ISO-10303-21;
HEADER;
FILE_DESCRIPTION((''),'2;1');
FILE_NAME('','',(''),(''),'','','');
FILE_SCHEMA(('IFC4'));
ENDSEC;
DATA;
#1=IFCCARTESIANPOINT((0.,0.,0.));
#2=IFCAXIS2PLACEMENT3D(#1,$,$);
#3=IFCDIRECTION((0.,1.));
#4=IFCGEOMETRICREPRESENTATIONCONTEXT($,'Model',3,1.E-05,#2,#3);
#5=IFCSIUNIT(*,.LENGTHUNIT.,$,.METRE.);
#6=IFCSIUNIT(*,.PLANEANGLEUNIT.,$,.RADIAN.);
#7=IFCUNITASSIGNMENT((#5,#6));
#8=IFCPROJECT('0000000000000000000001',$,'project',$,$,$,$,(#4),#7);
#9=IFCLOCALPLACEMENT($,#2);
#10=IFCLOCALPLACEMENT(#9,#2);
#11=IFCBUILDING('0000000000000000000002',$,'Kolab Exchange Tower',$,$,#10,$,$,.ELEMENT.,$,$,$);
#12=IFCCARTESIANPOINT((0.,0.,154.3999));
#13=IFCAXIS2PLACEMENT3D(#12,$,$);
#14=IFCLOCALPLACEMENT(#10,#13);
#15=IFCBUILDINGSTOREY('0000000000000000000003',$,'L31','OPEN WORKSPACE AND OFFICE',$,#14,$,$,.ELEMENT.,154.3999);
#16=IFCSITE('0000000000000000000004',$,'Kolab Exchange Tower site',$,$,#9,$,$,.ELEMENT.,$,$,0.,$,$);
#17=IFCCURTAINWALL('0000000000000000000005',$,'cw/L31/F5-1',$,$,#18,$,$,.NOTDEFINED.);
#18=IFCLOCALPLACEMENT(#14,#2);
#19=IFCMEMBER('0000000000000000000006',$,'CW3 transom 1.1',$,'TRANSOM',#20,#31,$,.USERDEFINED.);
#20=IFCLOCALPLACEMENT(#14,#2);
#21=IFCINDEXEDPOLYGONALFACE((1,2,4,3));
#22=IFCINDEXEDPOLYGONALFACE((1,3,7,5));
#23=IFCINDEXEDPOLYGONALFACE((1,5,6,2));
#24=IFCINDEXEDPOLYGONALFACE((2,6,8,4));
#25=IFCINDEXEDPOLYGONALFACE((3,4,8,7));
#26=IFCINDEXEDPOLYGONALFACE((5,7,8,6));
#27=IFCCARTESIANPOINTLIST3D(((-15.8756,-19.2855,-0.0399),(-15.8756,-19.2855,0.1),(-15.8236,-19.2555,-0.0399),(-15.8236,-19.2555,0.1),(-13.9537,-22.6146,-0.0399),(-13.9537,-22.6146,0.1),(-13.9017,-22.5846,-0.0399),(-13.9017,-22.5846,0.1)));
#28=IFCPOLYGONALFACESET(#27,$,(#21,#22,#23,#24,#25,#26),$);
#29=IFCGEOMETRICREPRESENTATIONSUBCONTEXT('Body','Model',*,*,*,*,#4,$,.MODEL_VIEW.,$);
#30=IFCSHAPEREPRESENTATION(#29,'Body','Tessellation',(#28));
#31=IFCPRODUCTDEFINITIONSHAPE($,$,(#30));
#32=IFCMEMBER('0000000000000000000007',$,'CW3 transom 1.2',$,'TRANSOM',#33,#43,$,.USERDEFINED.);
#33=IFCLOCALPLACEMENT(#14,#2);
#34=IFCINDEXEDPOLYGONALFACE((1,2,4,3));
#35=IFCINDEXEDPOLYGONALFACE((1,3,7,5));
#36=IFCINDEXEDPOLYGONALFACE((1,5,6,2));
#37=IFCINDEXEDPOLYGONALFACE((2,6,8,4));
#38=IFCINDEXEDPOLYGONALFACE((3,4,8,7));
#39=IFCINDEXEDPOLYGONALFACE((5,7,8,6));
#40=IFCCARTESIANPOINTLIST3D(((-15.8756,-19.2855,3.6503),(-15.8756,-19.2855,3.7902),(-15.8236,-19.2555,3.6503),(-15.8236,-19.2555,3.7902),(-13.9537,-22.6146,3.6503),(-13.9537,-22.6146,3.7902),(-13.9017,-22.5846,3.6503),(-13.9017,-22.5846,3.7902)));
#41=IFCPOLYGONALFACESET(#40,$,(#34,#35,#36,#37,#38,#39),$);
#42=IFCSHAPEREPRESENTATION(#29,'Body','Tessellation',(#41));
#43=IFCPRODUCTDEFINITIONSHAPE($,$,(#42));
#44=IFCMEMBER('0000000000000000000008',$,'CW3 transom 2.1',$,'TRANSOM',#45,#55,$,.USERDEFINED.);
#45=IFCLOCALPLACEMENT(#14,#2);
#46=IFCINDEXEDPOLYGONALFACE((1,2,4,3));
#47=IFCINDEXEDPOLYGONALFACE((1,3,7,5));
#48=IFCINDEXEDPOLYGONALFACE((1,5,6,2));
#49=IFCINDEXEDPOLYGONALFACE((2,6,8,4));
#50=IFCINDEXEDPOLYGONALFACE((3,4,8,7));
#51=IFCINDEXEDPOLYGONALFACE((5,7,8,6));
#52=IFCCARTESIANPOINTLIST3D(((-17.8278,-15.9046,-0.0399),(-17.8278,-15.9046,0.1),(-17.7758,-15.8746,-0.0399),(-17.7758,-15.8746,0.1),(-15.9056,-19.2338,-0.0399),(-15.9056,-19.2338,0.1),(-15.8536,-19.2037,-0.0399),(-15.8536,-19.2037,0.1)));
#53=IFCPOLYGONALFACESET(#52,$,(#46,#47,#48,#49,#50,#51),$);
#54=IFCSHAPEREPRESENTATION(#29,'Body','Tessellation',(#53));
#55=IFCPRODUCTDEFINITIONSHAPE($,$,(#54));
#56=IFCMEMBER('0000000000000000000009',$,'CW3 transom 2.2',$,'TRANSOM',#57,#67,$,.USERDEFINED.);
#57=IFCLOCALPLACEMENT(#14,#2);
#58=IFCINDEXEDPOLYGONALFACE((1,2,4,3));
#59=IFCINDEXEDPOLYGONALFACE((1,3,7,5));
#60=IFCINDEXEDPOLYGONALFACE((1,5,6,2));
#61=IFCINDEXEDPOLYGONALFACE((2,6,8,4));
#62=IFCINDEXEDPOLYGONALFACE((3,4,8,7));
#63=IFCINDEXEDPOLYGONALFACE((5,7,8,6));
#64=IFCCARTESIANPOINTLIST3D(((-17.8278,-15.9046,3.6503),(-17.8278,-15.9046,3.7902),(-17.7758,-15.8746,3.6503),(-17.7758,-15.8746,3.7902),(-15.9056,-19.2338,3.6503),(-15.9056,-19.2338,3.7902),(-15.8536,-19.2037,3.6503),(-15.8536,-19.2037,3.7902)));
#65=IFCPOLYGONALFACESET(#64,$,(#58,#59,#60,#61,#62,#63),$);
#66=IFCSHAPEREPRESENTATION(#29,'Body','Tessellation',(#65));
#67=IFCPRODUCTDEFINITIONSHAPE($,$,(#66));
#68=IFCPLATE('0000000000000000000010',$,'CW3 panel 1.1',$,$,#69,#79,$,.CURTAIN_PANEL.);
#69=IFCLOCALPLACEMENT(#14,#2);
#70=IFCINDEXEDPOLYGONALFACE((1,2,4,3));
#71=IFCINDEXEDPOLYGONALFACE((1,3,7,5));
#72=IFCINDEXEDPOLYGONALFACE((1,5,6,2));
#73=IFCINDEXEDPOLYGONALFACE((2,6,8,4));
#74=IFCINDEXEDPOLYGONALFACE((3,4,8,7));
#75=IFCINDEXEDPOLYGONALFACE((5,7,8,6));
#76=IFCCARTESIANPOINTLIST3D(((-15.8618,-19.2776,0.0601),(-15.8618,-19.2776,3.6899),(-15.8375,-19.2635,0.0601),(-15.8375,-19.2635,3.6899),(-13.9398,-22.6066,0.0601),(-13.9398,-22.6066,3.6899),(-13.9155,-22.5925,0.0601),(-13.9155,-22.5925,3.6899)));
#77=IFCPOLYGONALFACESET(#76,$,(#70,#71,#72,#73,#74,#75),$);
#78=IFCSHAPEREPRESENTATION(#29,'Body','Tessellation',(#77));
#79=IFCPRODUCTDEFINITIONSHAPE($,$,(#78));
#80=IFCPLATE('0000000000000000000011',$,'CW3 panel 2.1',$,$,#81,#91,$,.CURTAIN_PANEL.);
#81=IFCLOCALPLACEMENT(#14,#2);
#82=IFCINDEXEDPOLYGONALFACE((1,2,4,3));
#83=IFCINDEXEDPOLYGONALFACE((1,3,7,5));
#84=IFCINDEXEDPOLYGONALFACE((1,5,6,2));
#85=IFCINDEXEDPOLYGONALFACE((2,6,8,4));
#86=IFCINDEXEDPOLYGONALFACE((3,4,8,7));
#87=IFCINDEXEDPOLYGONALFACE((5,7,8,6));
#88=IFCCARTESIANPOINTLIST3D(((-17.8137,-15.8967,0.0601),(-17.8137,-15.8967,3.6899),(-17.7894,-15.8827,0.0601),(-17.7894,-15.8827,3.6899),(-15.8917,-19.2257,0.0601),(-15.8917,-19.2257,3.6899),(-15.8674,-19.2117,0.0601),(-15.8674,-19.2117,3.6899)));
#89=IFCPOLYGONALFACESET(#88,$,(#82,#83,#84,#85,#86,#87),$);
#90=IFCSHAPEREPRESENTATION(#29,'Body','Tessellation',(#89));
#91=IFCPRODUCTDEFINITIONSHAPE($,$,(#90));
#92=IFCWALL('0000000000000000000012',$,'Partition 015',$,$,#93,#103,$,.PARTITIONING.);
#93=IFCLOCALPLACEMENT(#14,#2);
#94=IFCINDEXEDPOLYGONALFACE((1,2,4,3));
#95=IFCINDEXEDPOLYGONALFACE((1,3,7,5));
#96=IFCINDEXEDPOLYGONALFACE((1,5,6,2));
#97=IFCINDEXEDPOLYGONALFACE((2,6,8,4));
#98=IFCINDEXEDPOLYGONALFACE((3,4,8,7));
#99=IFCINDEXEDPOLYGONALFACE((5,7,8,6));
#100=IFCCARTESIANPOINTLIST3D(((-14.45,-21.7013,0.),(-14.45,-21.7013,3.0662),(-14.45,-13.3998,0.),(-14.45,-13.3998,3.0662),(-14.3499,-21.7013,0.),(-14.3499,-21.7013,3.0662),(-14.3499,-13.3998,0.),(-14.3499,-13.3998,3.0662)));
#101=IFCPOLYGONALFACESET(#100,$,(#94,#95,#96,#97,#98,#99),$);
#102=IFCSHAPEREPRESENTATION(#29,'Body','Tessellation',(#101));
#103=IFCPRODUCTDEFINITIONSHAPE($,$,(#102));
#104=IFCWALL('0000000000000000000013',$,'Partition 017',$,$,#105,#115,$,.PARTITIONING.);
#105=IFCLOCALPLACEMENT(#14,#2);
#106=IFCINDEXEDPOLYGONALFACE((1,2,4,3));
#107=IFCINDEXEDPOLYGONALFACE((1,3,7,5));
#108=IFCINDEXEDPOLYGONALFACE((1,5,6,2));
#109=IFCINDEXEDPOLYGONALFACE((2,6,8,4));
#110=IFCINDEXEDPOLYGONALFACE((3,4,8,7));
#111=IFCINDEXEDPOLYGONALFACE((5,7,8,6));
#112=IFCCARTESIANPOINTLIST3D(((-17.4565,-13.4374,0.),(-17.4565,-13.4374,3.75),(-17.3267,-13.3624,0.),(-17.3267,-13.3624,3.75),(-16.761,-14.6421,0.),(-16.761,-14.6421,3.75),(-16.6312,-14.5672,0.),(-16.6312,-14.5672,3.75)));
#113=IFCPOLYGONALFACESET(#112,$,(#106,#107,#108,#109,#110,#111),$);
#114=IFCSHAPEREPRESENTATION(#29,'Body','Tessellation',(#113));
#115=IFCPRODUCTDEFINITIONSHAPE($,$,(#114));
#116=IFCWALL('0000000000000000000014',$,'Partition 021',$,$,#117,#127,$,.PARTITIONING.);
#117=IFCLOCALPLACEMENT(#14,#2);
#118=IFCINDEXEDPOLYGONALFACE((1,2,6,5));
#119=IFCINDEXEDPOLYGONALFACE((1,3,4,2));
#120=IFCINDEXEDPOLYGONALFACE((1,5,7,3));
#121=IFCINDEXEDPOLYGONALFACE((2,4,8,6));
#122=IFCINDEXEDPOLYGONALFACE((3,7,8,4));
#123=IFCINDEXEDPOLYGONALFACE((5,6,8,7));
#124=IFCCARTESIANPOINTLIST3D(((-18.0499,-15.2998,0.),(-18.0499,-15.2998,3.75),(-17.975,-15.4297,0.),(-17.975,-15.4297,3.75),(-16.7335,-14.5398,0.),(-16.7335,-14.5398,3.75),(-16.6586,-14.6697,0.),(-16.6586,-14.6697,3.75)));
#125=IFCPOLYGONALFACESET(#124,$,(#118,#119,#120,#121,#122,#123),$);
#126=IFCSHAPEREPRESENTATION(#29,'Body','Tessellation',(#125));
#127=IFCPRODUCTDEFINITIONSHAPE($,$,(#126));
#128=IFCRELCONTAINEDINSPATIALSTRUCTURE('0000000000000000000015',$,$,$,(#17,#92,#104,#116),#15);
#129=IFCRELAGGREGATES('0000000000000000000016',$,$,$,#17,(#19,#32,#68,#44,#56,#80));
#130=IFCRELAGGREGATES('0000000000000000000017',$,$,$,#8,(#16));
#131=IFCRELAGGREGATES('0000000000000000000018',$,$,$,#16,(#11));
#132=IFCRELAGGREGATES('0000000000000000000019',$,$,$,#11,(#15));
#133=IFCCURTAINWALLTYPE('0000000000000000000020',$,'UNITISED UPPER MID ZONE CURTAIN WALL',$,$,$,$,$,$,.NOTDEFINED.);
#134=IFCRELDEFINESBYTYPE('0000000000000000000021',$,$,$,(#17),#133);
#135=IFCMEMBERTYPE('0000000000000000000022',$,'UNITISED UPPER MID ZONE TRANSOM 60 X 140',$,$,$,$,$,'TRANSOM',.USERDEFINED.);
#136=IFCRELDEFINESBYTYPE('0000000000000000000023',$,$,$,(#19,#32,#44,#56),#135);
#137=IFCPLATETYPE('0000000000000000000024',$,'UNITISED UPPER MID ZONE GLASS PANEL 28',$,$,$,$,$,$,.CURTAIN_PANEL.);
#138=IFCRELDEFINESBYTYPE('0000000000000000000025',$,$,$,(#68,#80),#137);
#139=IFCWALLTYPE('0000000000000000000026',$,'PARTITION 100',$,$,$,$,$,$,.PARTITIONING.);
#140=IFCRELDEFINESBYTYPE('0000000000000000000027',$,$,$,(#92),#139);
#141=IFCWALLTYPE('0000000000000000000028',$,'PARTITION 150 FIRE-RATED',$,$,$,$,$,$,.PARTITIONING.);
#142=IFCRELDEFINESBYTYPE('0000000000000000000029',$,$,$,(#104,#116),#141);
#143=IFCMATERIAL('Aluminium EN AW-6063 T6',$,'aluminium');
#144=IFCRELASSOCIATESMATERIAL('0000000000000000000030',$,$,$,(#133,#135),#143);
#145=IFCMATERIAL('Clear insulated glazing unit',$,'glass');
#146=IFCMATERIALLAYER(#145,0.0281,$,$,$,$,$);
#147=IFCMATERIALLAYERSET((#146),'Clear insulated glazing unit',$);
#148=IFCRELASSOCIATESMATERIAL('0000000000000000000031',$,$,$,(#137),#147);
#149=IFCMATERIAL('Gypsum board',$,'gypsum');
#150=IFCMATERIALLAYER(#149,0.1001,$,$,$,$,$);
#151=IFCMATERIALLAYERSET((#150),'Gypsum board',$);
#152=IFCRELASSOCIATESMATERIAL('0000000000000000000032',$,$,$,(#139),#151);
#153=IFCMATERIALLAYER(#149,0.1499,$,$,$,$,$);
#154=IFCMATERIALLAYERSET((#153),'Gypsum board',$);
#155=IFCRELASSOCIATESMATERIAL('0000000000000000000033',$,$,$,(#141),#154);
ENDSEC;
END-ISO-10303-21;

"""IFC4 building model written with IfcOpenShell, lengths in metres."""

from ifc_helpers import new_model, si_unit, direction, frame, frame_2d, origin, origin_2d, place, context, subcontext, project, spatial, rectangle, extrude, material, layer, layer_set, material_profile, profile_set, type_object, element, aggregate, save


model = new_model("IFC4")

# Units and contexts
model_context = context("Model", 3, precision=1e-05, world=origin(), true_north=direction((0.0, 1.0)))
body_context = subcontext(model_context, "Body", "Model", "MODEL_VIEW")
ifc_project = project(units=[si_unit("LENGTHUNIT", "METRE"), si_unit("PLANEANGLEUNIT", "RADIAN")], contexts=[model_context])

# Site, building, storey
site_placement = place(None, origin())
site = spatial("IfcSite", under=ifc_project, at=site_placement, Name="Kolab Exchange Tower site", CompositionType="ELEMENT", RefElevation=0.0)
building_placement = place(site_placement, origin())
building = spatial("IfcBuilding", under=site, at=building_placement, Name="Kolab Exchange Tower", CompositionType="ELEMENT")
storey_placement = place(building_placement, frame((0.0, 0.0, 154.3999)))
storey = spatial("IfcBuildingStorey", under=building, at=storey_placement, Name="L31", Description="OPEN WORKSPACE AND OFFICE", CompositionType="ELEMENT", Elevation=154.3999)

# Curtain wall, members, plates
ifc_material_1 = material(Name="Aluminium EN AW-6063 T6", Category="aluminium")
curtain_wall_type = type_object("IfcCurtainWallType", Name="UNITISED UPPER MID ZONE CURTAIN WALL", PredefinedType="NOTDEFINED", material=ifc_material_1)
curtain_wall_placement = place(storey_placement, origin())
curtain_wall = element("IfcCurtainWall", 1, at=curtain_wall_placement, inside=storey, type_object=curtain_wall_type, Name="cw/L31/F5-1", PredefinedType="NOTDEFINED")
ifc_material_profile_1 = material_profile(ifc_material_1, rectangle(XDim=0.0601, YDim=0.1399, at=origin_2d()), Name="RECT 60X140")
ifc_profile_set_1 = profile_set([ifc_material_profile_1], Name="Aluminium EN AW-6063 T6")
member_type_1 = type_object("IfcMemberType", Name="UNITISED UPPER MID ZONE TRANSOM 60 X 140", ElementType="TRANSOM", PredefinedType="USERDEFINED", material=ifc_profile_set_1)
member_1_placement = place(storey_placement, frame((-13.9277, -22.5996, 0.03), z_axis=(-0.499964, 0.866046, 0.0), x_axis=(-0.866046, -0.499964, 0.0)))
member_1 = element("IfcMember", 2, at=member_1_placement, type_object=member_type_1, Name="CW3 transom 1.1", ObjectType="TRANSOM", PredefinedType="USERDEFINED", context=body_context, shape_type="SweptSolid", body=[
    extrude(rectangle(XDim=0.0601, YDim=0.1399, at=origin_2d()), origin(), (0.0, 0.0, 1.0), 3.844),
])
member_2_placement = place(storey_placement, frame((-13.9277, -22.5996, 3.7202), z_axis=(-0.499964, 0.866046, 0.0), x_axis=(-0.866046, -0.499964, 0.0)))
member_2 = element("IfcMember", 3, at=member_2_placement, type_object=member_type_1, Name="CW3 transom 1.2", ObjectType="TRANSOM", PredefinedType="USERDEFINED", context=body_context, shape_type="SweptSolid", body=[
    extrude(rectangle(XDim=0.0601, YDim=0.1399, at=origin_2d()), origin(), (0.0, 0.0, 1.0), 3.844),
])
member_3_placement = place(storey_placement, frame((-15.8796, -19.2188, 0.03), z_axis=(-0.500012, 0.866018, 0.0), x_axis=(-0.866018, -0.500012, 0.0)))
member_3 = element("IfcMember", 4, at=member_3_placement, type_object=member_type_1, Name="CW3 transom 2.1", ObjectType="TRANSOM", PredefinedType="USERDEFINED", context=body_context, shape_type="SweptSolid", body=[
    extrude(rectangle(XDim=0.0601, YDim=0.1399, at=origin_2d()), origin(), (0.0, 0.0, 1.0), 3.8442),
])
member_4_placement = place(storey_placement, frame((-15.8796, -19.2188, 3.7202), z_axis=(-0.500012, 0.866018, 0.0), x_axis=(-0.866018, -0.500012, 0.0)))
member_4 = element("IfcMember", 5, at=member_4_placement, type_object=member_type_1, Name="CW3 transom 2.2", ObjectType="TRANSOM", PredefinedType="USERDEFINED", context=body_context, shape_type="SweptSolid", body=[
    extrude(rectangle(XDim=0.0601, YDim=0.1399, at=origin_2d()), origin(), (0.0, 0.0, 1.0), 3.8442),
])
ifc_material_2 = material(Name="Clear insulated glazing unit", Category="glass")
ifc_layer_1 = layer(ifc_material_2, 0.0281)
ifc_layer_set_1 = layer_set([ifc_layer_1], Name="Clear insulated glazing unit")
plate_type = type_object("IfcPlateType", Name="UNITISED UPPER MID ZONE GLASS PANEL 28", PredefinedType="CURTAIN_PANEL", material=ifc_layer_set_1)
plate_1_placement = place(storey_placement, frame((-14.8887, -20.9351, 0.0601), z_axis=(0.0, 0.0, 1.0), x_axis=(-0.5, 0.866025, 0.0)))
plate_1 = element("IfcPlate", 6, at=plate_1_placement, type_object=plate_type, Name="CW3 panel 1.1", PredefinedType="CURTAIN_PANEL", context=body_context, shape_type="SweptSolid", body=[
    extrude(rectangle(XDim=3.844, YDim=0.0281, at=origin_2d()), origin(), (0.0, 0.0, 1.0), 3.6299),
])
plate_2_placement = place(storey_placement, frame((-16.8406, -17.5542, 0.0601), z_axis=(0.0, 0.0, 1.0), x_axis=(-0.5, 0.866025, 0.0)))
plate_2 = element("IfcPlate", 7, at=plate_2_placement, type_object=plate_type, Name="CW3 panel 2.1", PredefinedType="CURTAIN_PANEL", context=body_context, shape_type="SweptSolid", body=[
    extrude(rectangle(XDim=3.844, YDim=0.0281, at=origin_2d()), origin(), (0.0, 0.0, 1.0), 3.6299),
])
aggregate(curtain_wall, [member_1, member_2, plate_1, member_3, member_4, plate_2])

# Walls
ifc_material_3 = material(Name="Gypsum board", Category="gypsum")
ifc_layer_2 = layer(ifc_material_3, 0.1001)
ifc_layer_set_2 = layer_set([ifc_layer_2], Name="Gypsum board")
wall_type_1 = type_object("IfcWallType", Name="PARTITION 100", PredefinedType="PARTITIONING", material=ifc_layer_set_2)
wall_1_placement = place(storey_placement, frame((-14.3999, -21.7014, 0.0), z_axis=(0.0, 0.0, 1.0), x_axis=(0.0, 1.0, 0.0)))
element("IfcWall", 8, at=wall_1_placement, inside=storey, type_object=wall_type_1, Name="Partition 015", PredefinedType="PARTITIONING", context=body_context, shape_type="SweptSolid", body=[
    extrude(rectangle(XDim=8.3015, YDim=0.1001, at=frame_2d((4.1509, 0.0))), origin(), (0.0, 0.0, 1.0), 3.0662),
])
ifc_layer_3 = layer(ifc_material_3, 0.1499)
ifc_layer_set_3 = layer_set([ifc_layer_3], Name="Gypsum board")
wall_type_2 = type_object("IfcWallType", Name="PARTITION 150 FIRE-RATED", PredefinedType="PARTITIONING", material=ifc_layer_set_3)
wall_2_placement = place(storey_placement, frame((-17.3916, -13.3999, 0.0), z_axis=(0.0, 0.0, 1.0), x_axis=(0.499971, -0.866042, 0.0)))
element("IfcWall", 9, at=wall_2_placement, inside=storey, type_object=wall_type_2, Name="Partition 017", PredefinedType="PARTITIONING", context=body_context, shape_type="SweptSolid", body=[
    extrude(rectangle(XDim=1.3911, YDim=0.1499, at=frame_2d((0.6956, 0.0))), origin(), (0.0, 0.0, 1.0), 3.75),
])
wall_3_placement = place(storey_placement, frame((-18.0125, -15.3647, 0.0), z_axis=(0.0, 0.0, 1.0), x_axis=(0.86603, 0.499991, 0.0)))
element("IfcWall", 10, at=wall_3_placement, inside=storey, type_object=wall_type_2, Name="Partition 021", PredefinedType="PARTITIONING", context=body_context, shape_type="SweptSolid", body=[
    extrude(rectangle(XDim=1.52, YDim=0.1499, at=frame_2d((0.76, 0.0))), origin(), (0.0, 0.0, 1.0), 3.75),
])

save(model, "model.ifc")
